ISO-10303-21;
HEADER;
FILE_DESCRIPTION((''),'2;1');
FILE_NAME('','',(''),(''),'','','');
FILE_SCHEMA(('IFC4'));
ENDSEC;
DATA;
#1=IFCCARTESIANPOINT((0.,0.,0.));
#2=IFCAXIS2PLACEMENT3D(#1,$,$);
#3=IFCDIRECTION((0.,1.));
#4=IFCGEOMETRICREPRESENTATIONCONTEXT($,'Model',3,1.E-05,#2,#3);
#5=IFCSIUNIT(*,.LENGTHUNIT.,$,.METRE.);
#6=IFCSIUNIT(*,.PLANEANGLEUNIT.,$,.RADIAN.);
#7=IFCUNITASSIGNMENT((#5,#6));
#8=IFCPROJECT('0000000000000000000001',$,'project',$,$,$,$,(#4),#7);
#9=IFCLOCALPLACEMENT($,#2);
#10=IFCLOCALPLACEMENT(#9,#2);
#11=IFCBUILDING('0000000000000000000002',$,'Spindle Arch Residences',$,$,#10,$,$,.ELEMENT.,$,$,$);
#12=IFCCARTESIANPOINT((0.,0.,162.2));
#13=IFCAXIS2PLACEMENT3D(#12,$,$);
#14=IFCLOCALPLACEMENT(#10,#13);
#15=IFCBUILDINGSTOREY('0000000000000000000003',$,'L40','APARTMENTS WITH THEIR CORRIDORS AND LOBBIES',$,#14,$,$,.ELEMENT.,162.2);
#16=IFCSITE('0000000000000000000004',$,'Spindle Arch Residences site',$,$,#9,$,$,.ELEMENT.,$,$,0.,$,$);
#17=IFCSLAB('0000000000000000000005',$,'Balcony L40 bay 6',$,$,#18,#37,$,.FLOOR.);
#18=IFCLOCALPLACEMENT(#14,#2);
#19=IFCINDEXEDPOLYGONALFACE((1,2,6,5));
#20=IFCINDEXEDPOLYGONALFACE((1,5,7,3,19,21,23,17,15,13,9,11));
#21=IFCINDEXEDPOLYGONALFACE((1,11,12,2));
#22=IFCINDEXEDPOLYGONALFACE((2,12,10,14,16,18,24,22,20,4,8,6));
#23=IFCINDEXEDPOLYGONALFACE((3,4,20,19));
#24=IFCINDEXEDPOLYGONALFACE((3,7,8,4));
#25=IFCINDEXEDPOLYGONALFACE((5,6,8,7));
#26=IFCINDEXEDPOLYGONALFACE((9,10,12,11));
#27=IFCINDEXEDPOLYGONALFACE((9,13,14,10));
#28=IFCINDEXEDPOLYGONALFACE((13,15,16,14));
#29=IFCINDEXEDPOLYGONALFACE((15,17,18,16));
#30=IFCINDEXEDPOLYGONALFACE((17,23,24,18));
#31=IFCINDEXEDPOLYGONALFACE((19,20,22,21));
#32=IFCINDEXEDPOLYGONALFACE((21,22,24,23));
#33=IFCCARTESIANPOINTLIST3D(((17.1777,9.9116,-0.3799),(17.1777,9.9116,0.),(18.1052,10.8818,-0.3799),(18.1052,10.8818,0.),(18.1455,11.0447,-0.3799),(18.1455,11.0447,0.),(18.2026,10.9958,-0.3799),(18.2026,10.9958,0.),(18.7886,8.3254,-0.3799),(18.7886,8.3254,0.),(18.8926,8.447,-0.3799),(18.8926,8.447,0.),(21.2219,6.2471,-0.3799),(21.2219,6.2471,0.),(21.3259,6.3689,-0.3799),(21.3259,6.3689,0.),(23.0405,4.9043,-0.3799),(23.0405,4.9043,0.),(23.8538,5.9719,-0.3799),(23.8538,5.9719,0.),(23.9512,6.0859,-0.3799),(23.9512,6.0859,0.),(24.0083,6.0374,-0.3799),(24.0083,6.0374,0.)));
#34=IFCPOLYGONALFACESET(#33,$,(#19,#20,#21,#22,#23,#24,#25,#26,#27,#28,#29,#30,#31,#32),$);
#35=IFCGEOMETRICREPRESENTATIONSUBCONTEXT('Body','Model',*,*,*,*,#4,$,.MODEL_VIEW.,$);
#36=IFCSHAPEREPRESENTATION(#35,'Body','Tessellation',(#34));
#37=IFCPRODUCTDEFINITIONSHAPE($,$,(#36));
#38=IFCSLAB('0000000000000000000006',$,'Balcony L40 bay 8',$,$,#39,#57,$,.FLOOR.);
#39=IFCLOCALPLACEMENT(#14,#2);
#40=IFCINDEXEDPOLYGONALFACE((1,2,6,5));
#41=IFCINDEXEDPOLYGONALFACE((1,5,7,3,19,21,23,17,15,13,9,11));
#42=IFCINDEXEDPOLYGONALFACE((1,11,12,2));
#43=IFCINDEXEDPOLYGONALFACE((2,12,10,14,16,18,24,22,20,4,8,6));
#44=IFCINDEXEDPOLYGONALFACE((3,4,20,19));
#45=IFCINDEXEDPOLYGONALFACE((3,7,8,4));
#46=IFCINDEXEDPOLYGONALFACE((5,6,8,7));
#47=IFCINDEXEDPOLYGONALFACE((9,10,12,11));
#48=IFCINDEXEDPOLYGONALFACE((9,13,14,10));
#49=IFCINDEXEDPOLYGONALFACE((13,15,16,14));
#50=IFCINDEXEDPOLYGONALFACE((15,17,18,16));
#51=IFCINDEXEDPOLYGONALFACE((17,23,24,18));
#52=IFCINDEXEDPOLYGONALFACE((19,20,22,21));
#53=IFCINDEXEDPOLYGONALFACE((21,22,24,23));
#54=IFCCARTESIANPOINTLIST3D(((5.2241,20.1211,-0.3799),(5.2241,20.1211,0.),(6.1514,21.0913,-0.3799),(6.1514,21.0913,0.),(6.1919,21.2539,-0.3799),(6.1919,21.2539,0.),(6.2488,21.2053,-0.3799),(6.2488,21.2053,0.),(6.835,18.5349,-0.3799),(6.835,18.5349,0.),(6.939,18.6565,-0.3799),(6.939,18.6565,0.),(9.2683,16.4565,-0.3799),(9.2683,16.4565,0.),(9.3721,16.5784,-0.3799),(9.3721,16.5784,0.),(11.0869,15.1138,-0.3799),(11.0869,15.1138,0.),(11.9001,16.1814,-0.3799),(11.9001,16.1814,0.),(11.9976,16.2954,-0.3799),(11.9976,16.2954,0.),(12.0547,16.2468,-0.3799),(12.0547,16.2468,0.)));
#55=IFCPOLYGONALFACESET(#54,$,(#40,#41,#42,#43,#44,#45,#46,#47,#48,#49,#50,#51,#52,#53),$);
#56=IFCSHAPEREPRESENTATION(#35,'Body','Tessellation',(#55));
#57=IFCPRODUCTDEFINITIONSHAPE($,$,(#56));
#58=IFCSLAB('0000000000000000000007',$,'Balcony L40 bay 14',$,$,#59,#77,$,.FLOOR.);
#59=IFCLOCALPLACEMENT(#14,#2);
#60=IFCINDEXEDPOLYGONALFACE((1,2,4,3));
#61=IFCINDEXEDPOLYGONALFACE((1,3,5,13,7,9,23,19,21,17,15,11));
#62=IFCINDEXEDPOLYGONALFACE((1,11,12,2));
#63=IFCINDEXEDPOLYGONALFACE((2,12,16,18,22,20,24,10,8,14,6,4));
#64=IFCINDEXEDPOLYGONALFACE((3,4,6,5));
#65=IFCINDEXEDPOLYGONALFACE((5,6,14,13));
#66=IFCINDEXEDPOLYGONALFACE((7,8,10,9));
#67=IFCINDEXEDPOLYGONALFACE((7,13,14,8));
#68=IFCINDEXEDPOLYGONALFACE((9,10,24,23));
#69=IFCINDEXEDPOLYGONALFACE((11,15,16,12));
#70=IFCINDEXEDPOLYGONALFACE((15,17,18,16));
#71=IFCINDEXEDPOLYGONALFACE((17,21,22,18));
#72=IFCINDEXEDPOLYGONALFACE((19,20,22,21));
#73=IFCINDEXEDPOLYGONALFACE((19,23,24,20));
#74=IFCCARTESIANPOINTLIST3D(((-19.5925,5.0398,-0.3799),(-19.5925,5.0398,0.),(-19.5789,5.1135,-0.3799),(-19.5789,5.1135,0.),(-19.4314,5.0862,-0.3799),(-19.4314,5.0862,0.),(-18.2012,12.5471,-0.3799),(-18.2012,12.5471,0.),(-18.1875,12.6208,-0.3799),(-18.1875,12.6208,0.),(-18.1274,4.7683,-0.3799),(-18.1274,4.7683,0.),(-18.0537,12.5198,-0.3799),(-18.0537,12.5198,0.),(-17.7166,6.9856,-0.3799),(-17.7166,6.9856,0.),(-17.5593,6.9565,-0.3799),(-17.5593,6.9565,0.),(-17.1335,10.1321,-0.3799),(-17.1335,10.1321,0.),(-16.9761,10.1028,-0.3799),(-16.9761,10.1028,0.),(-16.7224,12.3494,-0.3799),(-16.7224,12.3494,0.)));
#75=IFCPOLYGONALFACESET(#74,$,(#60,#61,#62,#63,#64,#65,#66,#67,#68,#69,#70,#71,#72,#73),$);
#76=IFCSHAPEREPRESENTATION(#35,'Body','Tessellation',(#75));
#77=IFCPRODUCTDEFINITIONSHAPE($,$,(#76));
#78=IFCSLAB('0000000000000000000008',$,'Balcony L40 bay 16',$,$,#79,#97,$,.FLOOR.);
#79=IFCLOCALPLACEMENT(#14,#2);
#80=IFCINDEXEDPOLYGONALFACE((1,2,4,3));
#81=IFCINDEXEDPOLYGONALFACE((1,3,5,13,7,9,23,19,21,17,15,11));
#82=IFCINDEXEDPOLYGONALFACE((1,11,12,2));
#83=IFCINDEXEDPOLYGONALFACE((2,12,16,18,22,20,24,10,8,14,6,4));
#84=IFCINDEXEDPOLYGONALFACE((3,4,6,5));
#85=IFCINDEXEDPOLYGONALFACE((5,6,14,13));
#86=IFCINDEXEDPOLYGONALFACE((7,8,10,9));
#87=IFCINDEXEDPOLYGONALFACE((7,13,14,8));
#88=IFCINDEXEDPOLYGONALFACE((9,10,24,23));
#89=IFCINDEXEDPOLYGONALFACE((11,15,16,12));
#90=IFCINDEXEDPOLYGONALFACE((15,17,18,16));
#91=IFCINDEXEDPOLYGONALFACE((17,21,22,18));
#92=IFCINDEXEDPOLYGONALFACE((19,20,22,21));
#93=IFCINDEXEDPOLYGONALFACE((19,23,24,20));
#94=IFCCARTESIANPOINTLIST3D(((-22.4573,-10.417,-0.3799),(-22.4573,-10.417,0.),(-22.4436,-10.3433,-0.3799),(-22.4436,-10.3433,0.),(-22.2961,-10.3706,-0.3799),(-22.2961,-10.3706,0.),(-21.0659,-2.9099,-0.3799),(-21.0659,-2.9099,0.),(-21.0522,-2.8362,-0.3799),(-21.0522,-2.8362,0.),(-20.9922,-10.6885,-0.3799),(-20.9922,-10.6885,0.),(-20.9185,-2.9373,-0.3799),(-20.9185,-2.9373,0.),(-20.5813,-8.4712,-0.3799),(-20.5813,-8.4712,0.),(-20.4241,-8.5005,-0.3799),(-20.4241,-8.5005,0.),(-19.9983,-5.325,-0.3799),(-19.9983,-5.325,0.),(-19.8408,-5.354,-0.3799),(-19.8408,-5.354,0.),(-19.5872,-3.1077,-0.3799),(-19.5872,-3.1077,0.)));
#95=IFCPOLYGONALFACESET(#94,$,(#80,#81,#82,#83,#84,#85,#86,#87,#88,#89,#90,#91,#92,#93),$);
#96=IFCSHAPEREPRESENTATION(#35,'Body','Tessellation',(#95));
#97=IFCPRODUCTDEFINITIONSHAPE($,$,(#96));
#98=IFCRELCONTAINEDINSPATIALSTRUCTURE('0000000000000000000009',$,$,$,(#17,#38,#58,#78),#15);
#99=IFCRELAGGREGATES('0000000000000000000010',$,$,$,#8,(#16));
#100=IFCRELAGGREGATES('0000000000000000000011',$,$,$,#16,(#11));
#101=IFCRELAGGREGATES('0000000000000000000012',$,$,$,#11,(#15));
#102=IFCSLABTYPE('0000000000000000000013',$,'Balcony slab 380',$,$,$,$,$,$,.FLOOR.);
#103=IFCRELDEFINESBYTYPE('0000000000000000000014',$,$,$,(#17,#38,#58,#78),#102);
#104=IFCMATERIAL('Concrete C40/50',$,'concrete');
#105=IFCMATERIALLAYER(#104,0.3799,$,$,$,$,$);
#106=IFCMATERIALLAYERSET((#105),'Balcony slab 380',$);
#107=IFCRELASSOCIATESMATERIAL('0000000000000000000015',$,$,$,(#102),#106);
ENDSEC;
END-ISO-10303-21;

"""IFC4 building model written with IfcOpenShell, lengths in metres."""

from ifc_helpers import new_model, si_unit, direction, frame, origin, place, context, subcontext, project, spatial, polyline, outline, extrude, material, layer, layer_set, type_object, element, save


model = new_model("IFC4")

# Units and contexts
model_context = context("Model", 3, precision=1e-05, world=origin(), true_north=direction((0.0, 1.0)))
body_context = subcontext(model_context, "Body", "Model", "MODEL_VIEW")
ifc_project = project(units=[si_unit("LENGTHUNIT", "METRE"), si_unit("PLANEANGLEUNIT", "RADIAN")], contexts=[model_context])

# Site, building, storey
site_placement = place(None, origin())
site = spatial("IfcSite", under=ifc_project, at=site_placement, Name="Spindle Arch Residences site", CompositionType="ELEMENT", RefElevation=0.0)
building_placement = place(site_placement, origin())
building = spatial("IfcBuilding", under=site, at=building_placement, Name="Spindle Arch Residences", CompositionType="ELEMENT")
storey_placement = place(building_placement, frame((0.0, 0.0, 162.2)))
storey = spatial("IfcBuildingStorey", under=building, at=storey_placement, Name="L40", Description="APARTMENTS WITH THEIR CORRIDORS AND LOBBIES", CompositionType="ELEMENT", Elevation=162.2)

# Slabs
ifc_material_1 = material(Name="Concrete C40/50", Category="concrete")
ifc_layer_1 = layer(ifc_material_1, 0.3799)
ifc_layer_set_1 = layer_set([ifc_layer_1], Name="Balcony slab 380")
slab_type_1 = type_object("IfcSlabType", Name="Balcony slab 380", PredefinedType="FLOOR", material=ifc_layer_set_1)
slab_1_placement = place(storey_placement, frame((0.0, 0.0, -0.3799)))
element("IfcSlab", 1, at=slab_1_placement, inside=storey, type_object=slab_type_1, Name="Balcony L40 bay 6", PredefinedType="FLOOR", context=body_context, shape_type="SweptSolid", body=[
    extrude(outline(polyline([(24.0083, 6.0374), (23.9512, 6.0859), (23.8538, 5.9719), (18.1052, 10.8818), (18.2026, 10.9958), (18.1455, 11.0447), (17.1777, 9.9116), (18.8926, 8.447), (18.7886, 8.3254), (21.2219, 6.2471), (21.3259, 6.3689), (23.0405, 4.9043), (24.0083, 6.0374)])), origin(), (0.0, 0.0, 1.0), 0.3799),
])
slab_2_placement = place(storey_placement, frame((0.0, 0.0, -0.3799)))
element("IfcSlab", 2, at=slab_2_placement, inside=storey, type_object=slab_type_1, Name="Balcony L40 bay 8", PredefinedType="FLOOR", context=body_context, shape_type="SweptSolid", body=[
    extrude(outline(polyline([(12.0547, 16.2468), (11.9976, 16.2954), (11.9001, 16.1814), (6.1514, 21.0913), (6.2488, 21.2053), (6.1919, 21.2539), (5.2241, 20.1211), (6.939, 18.6565), (6.835, 18.5349), (9.2683, 16.4565), (9.3721, 16.5784), (11.0869, 15.1138), (12.0547, 16.2468)])), origin(), (0.0, 0.0, 1.0), 0.3799),
])
slab_3_placement = place(storey_placement, frame((0.0, 0.0, -0.3799)))
element("IfcSlab", 3, at=slab_3_placement, inside=storey, type_object=slab_type_1, Name="Balcony L40 bay 14", PredefinedType="FLOOR", context=body_context, shape_type="SweptSolid", body=[
    extrude(outline(polyline([(-18.1875, 12.6208), (-18.2012, 12.5471), (-18.0537, 12.5198), (-19.4314, 5.0862), (-19.5789, 5.1135), (-19.5925, 5.0398), (-18.1274, 4.7683), (-17.7166, 6.9856), (-17.5593, 6.9565), (-16.9761, 10.1028), (-17.1335, 10.1321), (-16.7224, 12.3494), (-18.1875, 12.6208)])), origin(), (0.0, 0.0, 1.0), 0.3799),
])
slab_4_placement = place(storey_placement, frame((0.0, 0.0, -0.3799)))
element("IfcSlab", 4, at=slab_4_placement, inside=storey, type_object=slab_type_1, Name="Balcony L40 bay 16", PredefinedType="FLOOR", context=body_context, shape_type="SweptSolid", body=[
    extrude(outline(polyline([(-21.0522, -2.8362), (-21.0659, -2.9099), (-20.9185, -2.9373), (-22.2961, -10.3706), (-22.4436, -10.3433), (-22.4573, -10.417), (-20.9922, -10.6885), (-20.5813, -8.4712), (-20.4241, -8.5005), (-19.8408, -5.354), (-19.9983, -5.325), (-19.5872, -3.1077), (-21.0522, -2.8362)])), origin(), (0.0, 0.0, 1.0), 0.3799),
])

save(model, "model.ifc")
